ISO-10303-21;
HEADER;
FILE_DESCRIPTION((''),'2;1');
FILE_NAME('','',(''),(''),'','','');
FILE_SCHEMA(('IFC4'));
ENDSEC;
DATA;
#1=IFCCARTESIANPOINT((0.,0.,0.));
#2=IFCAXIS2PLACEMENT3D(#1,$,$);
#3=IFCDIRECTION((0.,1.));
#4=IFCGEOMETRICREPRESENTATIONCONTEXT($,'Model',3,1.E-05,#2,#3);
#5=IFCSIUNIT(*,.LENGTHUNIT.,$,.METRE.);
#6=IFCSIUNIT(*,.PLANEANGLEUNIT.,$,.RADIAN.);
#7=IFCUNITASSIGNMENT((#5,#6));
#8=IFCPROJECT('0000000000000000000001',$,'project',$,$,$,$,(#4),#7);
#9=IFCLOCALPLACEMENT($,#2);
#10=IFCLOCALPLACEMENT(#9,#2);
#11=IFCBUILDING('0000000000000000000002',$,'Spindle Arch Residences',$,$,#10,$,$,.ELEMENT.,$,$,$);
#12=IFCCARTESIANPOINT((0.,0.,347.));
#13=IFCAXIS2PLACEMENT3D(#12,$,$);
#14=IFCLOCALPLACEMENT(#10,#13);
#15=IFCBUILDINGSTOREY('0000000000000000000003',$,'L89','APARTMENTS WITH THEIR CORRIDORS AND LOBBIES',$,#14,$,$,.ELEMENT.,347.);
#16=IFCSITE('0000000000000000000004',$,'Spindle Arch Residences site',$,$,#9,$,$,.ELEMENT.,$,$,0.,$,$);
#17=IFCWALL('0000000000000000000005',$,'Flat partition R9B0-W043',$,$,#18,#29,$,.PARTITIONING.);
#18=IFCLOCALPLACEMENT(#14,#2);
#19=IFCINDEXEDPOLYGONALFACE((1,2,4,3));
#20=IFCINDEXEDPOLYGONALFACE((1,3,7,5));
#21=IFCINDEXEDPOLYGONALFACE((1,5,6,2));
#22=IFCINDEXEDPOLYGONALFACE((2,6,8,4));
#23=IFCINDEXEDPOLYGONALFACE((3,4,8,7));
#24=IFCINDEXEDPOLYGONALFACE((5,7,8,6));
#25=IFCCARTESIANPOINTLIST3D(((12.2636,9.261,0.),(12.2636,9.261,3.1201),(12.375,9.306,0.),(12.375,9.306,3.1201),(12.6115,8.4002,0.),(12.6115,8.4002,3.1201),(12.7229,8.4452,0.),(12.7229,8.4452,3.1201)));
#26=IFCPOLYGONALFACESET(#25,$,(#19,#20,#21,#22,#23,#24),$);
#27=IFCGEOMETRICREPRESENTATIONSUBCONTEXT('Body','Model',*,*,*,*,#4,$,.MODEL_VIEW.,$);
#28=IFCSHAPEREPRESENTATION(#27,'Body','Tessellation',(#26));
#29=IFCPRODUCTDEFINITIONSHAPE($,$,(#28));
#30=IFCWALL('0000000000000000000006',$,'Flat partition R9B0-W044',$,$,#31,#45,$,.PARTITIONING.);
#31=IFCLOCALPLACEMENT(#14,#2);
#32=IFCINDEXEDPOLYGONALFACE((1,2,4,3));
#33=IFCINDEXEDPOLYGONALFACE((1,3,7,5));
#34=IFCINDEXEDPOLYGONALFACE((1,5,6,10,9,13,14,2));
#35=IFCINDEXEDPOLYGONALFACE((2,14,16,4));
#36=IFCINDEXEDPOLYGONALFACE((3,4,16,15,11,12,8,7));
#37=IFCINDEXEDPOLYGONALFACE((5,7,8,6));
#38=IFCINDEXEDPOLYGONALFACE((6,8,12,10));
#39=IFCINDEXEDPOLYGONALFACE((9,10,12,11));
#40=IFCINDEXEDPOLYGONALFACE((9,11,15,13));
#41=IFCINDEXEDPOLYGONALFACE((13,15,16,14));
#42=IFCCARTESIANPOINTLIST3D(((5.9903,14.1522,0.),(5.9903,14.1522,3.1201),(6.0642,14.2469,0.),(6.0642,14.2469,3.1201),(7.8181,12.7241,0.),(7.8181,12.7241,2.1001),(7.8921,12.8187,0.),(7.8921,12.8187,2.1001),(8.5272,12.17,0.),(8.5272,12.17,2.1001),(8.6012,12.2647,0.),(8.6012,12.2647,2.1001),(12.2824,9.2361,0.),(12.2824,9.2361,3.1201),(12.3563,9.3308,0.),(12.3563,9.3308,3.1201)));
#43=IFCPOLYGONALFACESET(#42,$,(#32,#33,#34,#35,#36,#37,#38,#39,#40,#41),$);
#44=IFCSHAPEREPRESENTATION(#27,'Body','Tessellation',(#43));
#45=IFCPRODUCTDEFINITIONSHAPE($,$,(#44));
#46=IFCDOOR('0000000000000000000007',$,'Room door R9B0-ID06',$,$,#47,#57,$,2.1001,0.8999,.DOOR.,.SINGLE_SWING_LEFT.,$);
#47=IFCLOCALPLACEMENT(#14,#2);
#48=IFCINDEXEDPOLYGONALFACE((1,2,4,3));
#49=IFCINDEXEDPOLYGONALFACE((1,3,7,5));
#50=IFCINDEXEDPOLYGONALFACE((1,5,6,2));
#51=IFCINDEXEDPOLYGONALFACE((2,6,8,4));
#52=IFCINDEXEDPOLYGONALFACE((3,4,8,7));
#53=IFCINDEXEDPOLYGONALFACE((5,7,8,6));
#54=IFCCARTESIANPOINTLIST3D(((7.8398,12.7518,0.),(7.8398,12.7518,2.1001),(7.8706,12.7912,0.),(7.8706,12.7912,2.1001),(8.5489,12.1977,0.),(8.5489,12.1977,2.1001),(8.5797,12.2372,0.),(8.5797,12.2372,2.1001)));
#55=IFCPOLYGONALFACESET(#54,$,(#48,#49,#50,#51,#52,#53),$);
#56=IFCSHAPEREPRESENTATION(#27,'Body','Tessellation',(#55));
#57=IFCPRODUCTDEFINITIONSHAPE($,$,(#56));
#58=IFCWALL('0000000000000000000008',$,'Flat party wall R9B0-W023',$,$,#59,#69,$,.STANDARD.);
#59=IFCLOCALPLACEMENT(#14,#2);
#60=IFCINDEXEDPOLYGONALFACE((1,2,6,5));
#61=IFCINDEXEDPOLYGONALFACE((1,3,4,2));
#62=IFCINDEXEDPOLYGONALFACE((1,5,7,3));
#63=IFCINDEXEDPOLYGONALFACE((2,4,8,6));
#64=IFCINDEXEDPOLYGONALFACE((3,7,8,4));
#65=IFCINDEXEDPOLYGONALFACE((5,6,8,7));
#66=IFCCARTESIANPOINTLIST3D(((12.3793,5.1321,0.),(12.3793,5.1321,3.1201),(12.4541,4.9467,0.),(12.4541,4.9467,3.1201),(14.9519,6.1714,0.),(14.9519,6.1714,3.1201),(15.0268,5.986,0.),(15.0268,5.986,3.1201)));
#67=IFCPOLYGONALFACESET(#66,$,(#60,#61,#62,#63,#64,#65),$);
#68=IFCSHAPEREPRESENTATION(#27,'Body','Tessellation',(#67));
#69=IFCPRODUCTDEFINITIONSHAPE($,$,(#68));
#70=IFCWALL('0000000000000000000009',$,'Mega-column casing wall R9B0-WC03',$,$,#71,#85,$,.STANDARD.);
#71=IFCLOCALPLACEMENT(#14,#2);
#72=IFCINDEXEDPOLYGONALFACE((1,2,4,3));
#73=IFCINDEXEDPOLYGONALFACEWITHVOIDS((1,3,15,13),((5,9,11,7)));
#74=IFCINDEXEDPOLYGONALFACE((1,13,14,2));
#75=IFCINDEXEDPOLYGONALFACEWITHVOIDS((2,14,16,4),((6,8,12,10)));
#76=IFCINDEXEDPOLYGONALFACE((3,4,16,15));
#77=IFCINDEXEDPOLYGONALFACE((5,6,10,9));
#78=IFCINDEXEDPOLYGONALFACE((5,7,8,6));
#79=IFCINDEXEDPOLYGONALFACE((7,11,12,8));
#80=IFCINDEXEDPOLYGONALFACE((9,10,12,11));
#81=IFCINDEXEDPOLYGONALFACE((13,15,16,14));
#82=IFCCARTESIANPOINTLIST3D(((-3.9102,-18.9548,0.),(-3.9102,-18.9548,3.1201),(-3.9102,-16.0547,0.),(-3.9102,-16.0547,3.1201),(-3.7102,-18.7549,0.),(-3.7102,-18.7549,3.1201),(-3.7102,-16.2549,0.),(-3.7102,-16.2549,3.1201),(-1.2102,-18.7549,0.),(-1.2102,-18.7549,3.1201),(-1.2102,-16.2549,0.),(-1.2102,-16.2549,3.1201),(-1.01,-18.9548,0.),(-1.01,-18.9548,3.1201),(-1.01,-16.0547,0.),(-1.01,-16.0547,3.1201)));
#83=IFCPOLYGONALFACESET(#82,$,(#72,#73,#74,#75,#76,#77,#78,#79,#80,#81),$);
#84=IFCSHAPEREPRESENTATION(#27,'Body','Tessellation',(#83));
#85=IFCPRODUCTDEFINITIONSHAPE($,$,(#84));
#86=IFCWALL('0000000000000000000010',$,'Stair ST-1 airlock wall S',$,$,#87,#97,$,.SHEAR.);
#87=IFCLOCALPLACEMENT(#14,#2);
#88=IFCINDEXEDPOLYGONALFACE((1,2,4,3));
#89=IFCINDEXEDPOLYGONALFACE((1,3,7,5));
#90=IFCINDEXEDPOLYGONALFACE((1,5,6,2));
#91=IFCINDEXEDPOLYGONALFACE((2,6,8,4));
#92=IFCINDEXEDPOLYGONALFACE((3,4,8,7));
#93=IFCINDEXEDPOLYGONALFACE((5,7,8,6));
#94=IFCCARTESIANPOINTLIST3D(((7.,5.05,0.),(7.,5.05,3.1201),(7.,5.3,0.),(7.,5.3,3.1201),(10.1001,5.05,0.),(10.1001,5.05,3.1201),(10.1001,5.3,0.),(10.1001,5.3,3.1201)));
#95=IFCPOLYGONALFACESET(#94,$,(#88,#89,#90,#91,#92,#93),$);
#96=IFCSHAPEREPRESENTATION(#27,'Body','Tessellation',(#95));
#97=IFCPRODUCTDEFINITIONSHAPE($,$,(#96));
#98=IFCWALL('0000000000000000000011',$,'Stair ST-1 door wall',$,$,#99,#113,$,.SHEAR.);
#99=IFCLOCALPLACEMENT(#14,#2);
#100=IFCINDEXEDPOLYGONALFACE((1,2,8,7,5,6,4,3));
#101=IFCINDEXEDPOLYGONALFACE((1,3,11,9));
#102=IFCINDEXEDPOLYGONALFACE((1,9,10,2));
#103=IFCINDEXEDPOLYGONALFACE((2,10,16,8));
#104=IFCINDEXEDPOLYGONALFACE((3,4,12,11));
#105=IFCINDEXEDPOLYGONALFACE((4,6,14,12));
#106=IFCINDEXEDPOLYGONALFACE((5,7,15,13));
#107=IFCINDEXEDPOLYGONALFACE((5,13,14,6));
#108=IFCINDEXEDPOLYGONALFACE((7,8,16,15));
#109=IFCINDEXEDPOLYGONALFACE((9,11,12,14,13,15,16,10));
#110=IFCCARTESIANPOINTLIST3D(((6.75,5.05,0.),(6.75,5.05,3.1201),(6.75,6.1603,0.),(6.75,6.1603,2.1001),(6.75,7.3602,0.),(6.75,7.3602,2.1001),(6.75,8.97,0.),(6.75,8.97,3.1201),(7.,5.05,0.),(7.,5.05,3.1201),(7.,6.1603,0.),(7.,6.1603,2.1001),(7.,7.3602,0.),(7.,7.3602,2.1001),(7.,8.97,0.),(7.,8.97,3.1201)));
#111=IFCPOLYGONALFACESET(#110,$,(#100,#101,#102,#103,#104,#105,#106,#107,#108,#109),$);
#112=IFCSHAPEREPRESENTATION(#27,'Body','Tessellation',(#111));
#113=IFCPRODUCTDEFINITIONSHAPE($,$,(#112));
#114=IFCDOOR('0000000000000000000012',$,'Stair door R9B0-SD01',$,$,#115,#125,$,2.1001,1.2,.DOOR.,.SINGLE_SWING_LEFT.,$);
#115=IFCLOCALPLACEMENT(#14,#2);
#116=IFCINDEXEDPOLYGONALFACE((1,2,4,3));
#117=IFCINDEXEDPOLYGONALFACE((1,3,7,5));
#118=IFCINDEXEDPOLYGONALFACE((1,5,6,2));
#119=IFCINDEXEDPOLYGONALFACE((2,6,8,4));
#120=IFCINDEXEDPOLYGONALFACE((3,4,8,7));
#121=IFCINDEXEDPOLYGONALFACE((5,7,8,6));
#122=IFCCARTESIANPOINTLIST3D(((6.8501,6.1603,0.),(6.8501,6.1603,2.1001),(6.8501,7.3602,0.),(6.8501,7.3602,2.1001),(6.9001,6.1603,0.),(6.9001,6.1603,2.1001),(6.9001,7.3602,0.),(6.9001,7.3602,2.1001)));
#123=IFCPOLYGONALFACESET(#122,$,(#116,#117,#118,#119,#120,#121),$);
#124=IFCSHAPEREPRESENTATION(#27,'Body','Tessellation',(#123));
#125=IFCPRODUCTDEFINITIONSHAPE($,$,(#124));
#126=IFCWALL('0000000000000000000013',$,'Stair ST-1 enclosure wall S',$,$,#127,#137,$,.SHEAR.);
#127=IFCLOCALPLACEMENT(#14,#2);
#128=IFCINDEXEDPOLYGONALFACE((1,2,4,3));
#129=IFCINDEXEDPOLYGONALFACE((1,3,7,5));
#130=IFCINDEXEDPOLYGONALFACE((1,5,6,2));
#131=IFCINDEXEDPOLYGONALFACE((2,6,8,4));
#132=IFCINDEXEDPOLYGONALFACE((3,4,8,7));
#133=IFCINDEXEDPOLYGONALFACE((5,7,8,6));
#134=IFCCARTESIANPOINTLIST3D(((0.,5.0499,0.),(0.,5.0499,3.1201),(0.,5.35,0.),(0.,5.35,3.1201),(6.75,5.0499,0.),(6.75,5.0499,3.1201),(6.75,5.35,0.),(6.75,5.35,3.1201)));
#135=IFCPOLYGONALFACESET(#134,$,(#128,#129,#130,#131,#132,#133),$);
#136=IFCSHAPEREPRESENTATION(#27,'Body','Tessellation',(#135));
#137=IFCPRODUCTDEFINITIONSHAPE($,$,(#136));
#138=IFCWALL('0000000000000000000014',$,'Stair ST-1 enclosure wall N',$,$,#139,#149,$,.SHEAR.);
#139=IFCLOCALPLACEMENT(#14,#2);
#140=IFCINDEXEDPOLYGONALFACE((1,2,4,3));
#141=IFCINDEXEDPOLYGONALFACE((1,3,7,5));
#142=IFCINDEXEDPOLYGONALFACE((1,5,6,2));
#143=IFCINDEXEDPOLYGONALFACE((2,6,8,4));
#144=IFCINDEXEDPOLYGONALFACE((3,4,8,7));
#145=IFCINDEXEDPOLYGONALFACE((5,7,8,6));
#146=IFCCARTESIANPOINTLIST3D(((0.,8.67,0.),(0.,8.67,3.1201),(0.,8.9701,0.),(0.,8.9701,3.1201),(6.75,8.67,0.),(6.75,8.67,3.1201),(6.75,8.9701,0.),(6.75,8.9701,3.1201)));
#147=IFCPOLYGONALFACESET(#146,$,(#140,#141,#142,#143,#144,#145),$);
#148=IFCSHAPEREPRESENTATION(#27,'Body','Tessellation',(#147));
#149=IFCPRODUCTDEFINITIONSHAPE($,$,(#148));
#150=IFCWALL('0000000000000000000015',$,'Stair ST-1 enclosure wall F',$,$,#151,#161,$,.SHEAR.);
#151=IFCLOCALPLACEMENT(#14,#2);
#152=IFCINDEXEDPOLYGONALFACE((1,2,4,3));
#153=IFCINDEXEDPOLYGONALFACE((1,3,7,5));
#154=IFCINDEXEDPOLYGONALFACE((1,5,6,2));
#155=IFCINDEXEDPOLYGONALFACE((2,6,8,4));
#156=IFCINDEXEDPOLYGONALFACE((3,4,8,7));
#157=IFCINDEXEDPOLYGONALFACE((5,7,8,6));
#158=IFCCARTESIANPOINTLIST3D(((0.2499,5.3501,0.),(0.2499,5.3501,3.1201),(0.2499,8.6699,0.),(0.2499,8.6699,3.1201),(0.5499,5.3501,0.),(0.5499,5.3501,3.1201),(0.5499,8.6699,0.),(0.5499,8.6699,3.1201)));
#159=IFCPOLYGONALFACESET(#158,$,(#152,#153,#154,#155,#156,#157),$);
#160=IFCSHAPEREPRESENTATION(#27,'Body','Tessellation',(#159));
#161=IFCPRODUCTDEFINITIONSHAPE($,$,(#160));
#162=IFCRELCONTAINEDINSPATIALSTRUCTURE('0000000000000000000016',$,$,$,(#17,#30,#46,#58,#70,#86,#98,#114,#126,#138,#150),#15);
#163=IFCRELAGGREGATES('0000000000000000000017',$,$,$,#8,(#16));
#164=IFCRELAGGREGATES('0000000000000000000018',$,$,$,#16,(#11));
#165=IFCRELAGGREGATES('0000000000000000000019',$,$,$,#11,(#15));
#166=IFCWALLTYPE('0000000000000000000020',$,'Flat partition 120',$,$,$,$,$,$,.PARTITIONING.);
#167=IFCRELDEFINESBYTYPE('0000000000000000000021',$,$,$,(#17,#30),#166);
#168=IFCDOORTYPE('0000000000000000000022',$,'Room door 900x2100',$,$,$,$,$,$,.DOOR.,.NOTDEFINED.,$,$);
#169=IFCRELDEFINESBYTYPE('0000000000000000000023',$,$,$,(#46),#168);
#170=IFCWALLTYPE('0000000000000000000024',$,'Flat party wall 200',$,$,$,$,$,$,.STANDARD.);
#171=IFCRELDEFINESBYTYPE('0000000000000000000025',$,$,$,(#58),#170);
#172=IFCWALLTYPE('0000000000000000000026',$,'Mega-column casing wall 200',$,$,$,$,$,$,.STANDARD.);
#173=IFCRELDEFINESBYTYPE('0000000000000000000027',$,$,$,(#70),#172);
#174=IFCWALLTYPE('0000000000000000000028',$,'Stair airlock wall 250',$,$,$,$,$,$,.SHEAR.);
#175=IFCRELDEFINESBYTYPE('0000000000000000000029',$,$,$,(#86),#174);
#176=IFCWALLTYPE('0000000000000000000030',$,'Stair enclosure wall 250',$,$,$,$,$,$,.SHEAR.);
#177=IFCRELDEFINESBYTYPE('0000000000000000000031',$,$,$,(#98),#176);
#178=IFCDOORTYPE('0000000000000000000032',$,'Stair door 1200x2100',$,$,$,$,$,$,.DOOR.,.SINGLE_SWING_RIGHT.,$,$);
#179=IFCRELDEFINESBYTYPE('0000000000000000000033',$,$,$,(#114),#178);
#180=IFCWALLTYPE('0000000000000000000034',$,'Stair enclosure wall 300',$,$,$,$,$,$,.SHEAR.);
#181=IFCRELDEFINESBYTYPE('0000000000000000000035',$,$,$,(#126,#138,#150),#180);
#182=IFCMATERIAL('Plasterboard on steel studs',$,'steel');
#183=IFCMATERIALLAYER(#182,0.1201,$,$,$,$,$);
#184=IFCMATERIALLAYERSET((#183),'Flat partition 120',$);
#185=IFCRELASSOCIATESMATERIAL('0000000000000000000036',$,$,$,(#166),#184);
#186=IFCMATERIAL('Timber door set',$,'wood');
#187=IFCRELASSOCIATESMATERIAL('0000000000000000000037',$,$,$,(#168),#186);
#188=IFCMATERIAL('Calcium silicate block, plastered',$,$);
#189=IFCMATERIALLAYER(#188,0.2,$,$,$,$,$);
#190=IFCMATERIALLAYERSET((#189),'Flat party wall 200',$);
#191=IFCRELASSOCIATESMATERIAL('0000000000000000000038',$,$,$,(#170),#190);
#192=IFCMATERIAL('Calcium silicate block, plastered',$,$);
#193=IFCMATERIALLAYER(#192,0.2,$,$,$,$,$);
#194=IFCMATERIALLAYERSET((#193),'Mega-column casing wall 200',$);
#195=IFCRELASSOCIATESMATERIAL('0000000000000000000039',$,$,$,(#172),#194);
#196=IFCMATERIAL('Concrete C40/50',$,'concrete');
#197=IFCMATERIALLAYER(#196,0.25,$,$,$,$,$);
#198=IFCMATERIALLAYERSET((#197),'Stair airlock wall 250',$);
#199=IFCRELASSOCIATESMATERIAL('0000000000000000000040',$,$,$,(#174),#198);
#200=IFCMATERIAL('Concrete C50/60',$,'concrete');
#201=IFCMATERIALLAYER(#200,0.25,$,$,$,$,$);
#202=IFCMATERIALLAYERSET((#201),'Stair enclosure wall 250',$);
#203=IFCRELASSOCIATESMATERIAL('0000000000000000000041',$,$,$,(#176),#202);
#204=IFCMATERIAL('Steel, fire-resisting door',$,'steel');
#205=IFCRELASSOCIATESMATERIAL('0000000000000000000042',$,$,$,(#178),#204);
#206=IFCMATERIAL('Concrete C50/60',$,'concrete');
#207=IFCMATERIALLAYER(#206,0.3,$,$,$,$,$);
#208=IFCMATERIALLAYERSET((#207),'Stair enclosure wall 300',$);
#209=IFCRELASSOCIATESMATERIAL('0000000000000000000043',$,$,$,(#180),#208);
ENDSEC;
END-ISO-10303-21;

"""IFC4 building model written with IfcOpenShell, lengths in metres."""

from ifc_helpers import new_model, si_unit, direction, frame, frame_2d, origin, place, context, subcontext, project, spatial, polyline, rectangle, outline, extrude, material, layer, layer_set, type_object, element, fill, save


model = new_model("IFC4")

# Units and contexts
model_context = context("Model", 3, precision=1e-05, world=origin(), true_north=direction((0.0, 1.0)))
body_context = subcontext(model_context, "Body", "Model", "MODEL_VIEW")
ifc_project = project(units=[si_unit("LENGTHUNIT", "METRE"), si_unit("PLANEANGLEUNIT", "RADIAN")], contexts=[model_context])

# Site, building, storey
site_placement = place(None, origin())
site = spatial("IfcSite", under=ifc_project, at=site_placement, Name="Spindle Arch Residences site", CompositionType="ELEMENT", RefElevation=0.0)
building_placement = place(site_placement, origin())
building = spatial("IfcBuilding", under=site, at=building_placement, Name="Spindle Arch Residences", CompositionType="ELEMENT")
storey_placement = place(building_placement, frame((0.0, 0.0, 347.0)))
storey = spatial("IfcBuildingStorey", under=building, at=storey_placement, Name="L89", Description="APARTMENTS WITH THEIR CORRIDORS AND LOBBIES", CompositionType="ELEMENT", Elevation=347.0)

# Wall
ifc_material_1 = material(Name="Plasterboard on steel studs", Category="steel")
ifc_layer_1 = layer(ifc_material_1, 0.1201)
ifc_layer_set_1 = layer_set([ifc_layer_1], Name="Flat partition 120")
wall_type_1 = type_object("IfcWallType", Name="Flat partition 120", PredefinedType="PARTITIONING", material=ifc_layer_set_1)
wall_1_placement = place(storey_placement, frame((12.6672, 8.4226, 0.0), z_axis=(0.0, 0.0, 1.0), x_axis=(-0.374698, 0.927147, 0.0)))
element("IfcWall", 1, at=wall_1_placement, inside=storey, type_object=wall_type_1, Name="Flat partition R9B0-W043", PredefinedType="PARTITIONING", context=body_context, shape_type="SweptSolid", body=[
    extrude(rectangle(XDim=0.9285, YDim=0.1201, at=frame_2d((0.4644, 0.0))), origin(), (0.0, 0.0, 1.0), 3.1201),
])

# Wall, opening, door
wall_2_placement = place(storey_placement, frame((12.3193, 9.2834, 0.0), z_axis=(0.0, 0.0, 1.0), x_axis=(-0.788, 0.615675, 0.0)))
wall_2 = element("IfcWall", 2, at=wall_2_placement, inside=storey, type_object=wall_type_1, Name="Flat partition R9B0-W044", PredefinedType="PARTITIONING", context=body_context, shape_type="SweptSolid", body=[
    extrude(rectangle(XDim=7.9849, YDim=0.1201, at=frame_2d((3.9924, 0.0))), origin(), (0.0, 0.0, 1.0), 3.1201),
])
opening_1_placement = place(wall_2_placement, frame((4.7654, 0.0, 0.0)))
opening_1 = element("IfcOpeningElement", 3, at=opening_1_placement, cuts=wall_2, PredefinedType="OPENING", context=body_context, shape_type="SweptSolid", body=[
    extrude(rectangle(XDim=0.8999, YDim=2.1001, at=frame_2d((0.45, 1.05))), frame((0.0, 0.0701, 0.0), z_axis=(0.0, -1.0, 0.0), x_axis=(1.0, 0.0, 0.0)), (0.0, 0.0, 1.0), 0.1401),
])
ifc_material_2 = material(Name="Timber door set", Category="wood")
door_type_1 = type_object("IfcDoorType", Name="Room door 900x2100", OperationType="NOTDEFINED", PredefinedType="DOOR", material=ifc_material_2)
door_1_placement = place(opening_1_placement, origin())
door_1 = element("IfcDoor", 4, at=door_1_placement, inside=storey, type_object=door_type_1, Name="Room door R9B0-ID06", OperationType="SINGLE_SWING_LEFT", OverallHeight=2.1001, OverallWidth=0.8999, PredefinedType="DOOR", context=body_context, shape_type="SweptSolid", body=[
    extrude(rectangle(XDim=0.8999, YDim=2.1001, at=frame_2d((0.45, 1.05))), frame((0.0, 0.0249, 0.0), z_axis=(0.0, -1.0, 0.0), x_axis=(1.0, 0.0, 0.0)), (0.0, 0.0, 1.0), 0.05),
])
fill(opening_1, door_1)

# Walls
ifc_material_3 = material(Name="Calcium silicate block, plastered")
ifc_layer_2 = layer(ifc_material_3, 0.2)
ifc_layer_set_2 = layer_set([ifc_layer_2], Name="Flat party wall 200")
wall_type_2 = type_object("IfcWallType", Name="Flat party wall 200", PredefinedType="STANDARD", material=ifc_layer_set_2)
wall_3_placement = place(storey_placement, frame((14.9893, 6.0786, 0.0), z_axis=(0.0, 0.0, 1.0), x_axis=(-0.927203, -0.374559, 0.0)))
element("IfcWall", 5, at=wall_3_placement, inside=storey, type_object=wall_type_2, Name="Flat party wall R9B0-W023", PredefinedType="STANDARD", context=body_context, shape_type="SweptSolid", body=[
    extrude(rectangle(XDim=2.7747, YDim=0.2, at=frame_2d((1.3872, 0.0))), origin(), (0.0, 0.0, 1.0), 3.1201),
])
ifc_material_4 = material(Name="Calcium silicate block, plastered")
ifc_layer_3 = layer(ifc_material_4, 0.2)
ifc_layer_set_3 = layer_set([ifc_layer_3], Name="Mega-column casing wall 200")
wall_type_3 = type_object("IfcWallType", Name="Mega-column casing wall 200", PredefinedType="STANDARD", material=ifc_layer_set_3)
wall_4_placement = place(storey_placement, origin())
element("IfcWall", 6, at=wall_4_placement, inside=storey, type_object=wall_type_3, Name="Mega-column casing wall R9B0-WC03", PredefinedType="STANDARD", context=body_context, shape_type="SweptSolid", body=[
    extrude(outline(polyline([(-1.01, -16.0547), (-1.01, -18.9548), (-3.9102, -18.9548), (-3.9102, -16.0547), (-1.01, -16.0547)]), holes=[polyline([(-3.7102, -18.7549), (-1.2102, -18.7549), (-1.2102, -16.2549), (-3.7102, -16.2549), (-3.7102, -18.7549)])]), origin(), (0.0, 0.0, 1.0), 3.1201),
])
ifc_material_5 = material(Name="Concrete C40/50", Category="concrete")
ifc_layer_4 = layer(ifc_material_5, 0.25)
ifc_layer_set_4 = layer_set([ifc_layer_4], Name="Stair airlock wall 250")
wall_type_4 = type_object("IfcWallType", Name="Stair airlock wall 250", PredefinedType="SHEAR", material=ifc_layer_set_4)
wall_5_placement = place(storey_placement, frame((7.0, 5.175, 0.0), z_axis=(0.0, 0.0, 1.0), x_axis=(1.0, 0.0, 0.0)))
element("IfcWall", 7, at=wall_5_placement, inside=storey, type_object=wall_type_4, Name="Stair ST-1 airlock wall S", PredefinedType="SHEAR", context=body_context, shape_type="SweptSolid", body=[
    extrude(rectangle(XDim=3.1001, YDim=0.25, at=frame_2d((1.55, 0.0))), origin(), (0.0, 0.0, 1.0), 3.1201),
])

# Wall, opening, door
ifc_material_6 = material(Name="Concrete C50/60", Category="concrete")
ifc_layer_5 = layer(ifc_material_6, 0.25)
ifc_layer_set_5 = layer_set([ifc_layer_5], Name="Stair enclosure wall 250")
wall_type_5 = type_object("IfcWallType", Name="Stair enclosure wall 250", PredefinedType="SHEAR", material=ifc_layer_set_5)
wall_6_placement = place(storey_placement, frame((6.875, 5.05, 0.0), z_axis=(0.0, 0.0, 1.0), x_axis=(0.0, 1.0, 0.0)))
wall_6 = element("IfcWall", 8, at=wall_6_placement, inside=storey, type_object=wall_type_5, Name="Stair ST-1 door wall", PredefinedType="SHEAR", context=body_context, shape_type="SweptSolid", body=[
    extrude(rectangle(XDim=3.9199, YDim=0.25, at=frame_2d((1.96, 0.0))), origin(), (0.0, 0.0, 1.0), 3.1201),
])
opening_2_placement = place(wall_6_placement, frame((1.1101, 0.0, 0.0)))
opening_2 = element("IfcOpeningElement", 9, at=opening_2_placement, cuts=wall_6, PredefinedType="OPENING", context=body_context, shape_type="SweptSolid", body=[
    extrude(rectangle(XDim=1.2, YDim=2.1001, at=frame_2d((0.6001, 1.05))), frame((0.0, 0.135, 0.0), z_axis=(0.0, -1.0, 0.0), x_axis=(1.0, 0.0, 0.0)), (0.0, 0.0, 1.0), 0.27),
])
ifc_material_7 = material(Name="Steel, fire-resisting door", Category="steel")
door_type_2 = type_object("IfcDoorType", Name="Stair door 1200x2100", OperationType="SINGLE_SWING_RIGHT", PredefinedType="DOOR", material=ifc_material_7)
door_2_placement = place(opening_2_placement, origin())
door_2 = element("IfcDoor", 10, at=door_2_placement, inside=storey, type_object=door_type_2, Name="Stair door R9B0-SD01", OperationType="SINGLE_SWING_LEFT", OverallHeight=2.1001, OverallWidth=1.2, PredefinedType="DOOR", context=body_context, shape_type="SweptSolid", body=[
    extrude(rectangle(XDim=1.2, YDim=2.1001, at=frame_2d((0.6001, 1.05))), frame((0.0, 0.0249, 0.0), z_axis=(0.0, -1.0, 0.0), x_axis=(1.0, 0.0, 0.0)), (0.0, 0.0, 1.0), 0.05),
])
fill(opening_2, door_2)

# Walls
ifc_material_8 = material(Name="Concrete C50/60", Category="concrete")
ifc_layer_6 = layer(ifc_material_8, 0.3)
ifc_layer_set_6 = layer_set([ifc_layer_6], Name="Stair enclosure wall 300")
wall_type_6 = type_object("IfcWallType", Name="Stair enclosure wall 300", PredefinedType="SHEAR", material=ifc_layer_set_6)
for number, where, z_axis, x_axis, name in (
    (11, (0.0, 5.2, 0.0), (0.0, 0.0, 1.0), (1.0, 0.0, 0.0), "Stair ST-1 enclosure wall S"),
    (12, (0.0, 8.8201, 0.0), (0.0, 0.0, 1.0), (1.0, 0.0, 0.0), "Stair ST-1 enclosure wall N"),
):
    element("IfcWall", number, at=place(storey_placement, frame(where, z_axis=z_axis, x_axis=x_axis)), inside=storey, type_object=wall_type_6, Name=name, PredefinedType="SHEAR", context=body_context, shape_type="SweptSolid", body=[
        extrude(rectangle(XDim=6.75, YDim=0.3, at=frame_2d((3.375, 0.0))), origin(), (0.0, 0.0, 1.0), 3.1201),
    ])
wall_7_placement = place(storey_placement, frame((0.3999, 5.3501, 0.0), z_axis=(0.0, 0.0, 1.0), x_axis=(0.0, 1.0, 0.0)))
element("IfcWall", 13, at=wall_7_placement, inside=storey, type_object=wall_type_6, Name="Stair ST-1 enclosure wall F", PredefinedType="SHEAR", context=body_context, shape_type="SweptSolid", body=[
    extrude(rectangle(XDim=3.3198, YDim=0.3, at=frame_2d((1.6599, 0.0))), origin(), (0.0, 0.0, 1.0), 3.1201),
])

save(model, "model.ifc")
